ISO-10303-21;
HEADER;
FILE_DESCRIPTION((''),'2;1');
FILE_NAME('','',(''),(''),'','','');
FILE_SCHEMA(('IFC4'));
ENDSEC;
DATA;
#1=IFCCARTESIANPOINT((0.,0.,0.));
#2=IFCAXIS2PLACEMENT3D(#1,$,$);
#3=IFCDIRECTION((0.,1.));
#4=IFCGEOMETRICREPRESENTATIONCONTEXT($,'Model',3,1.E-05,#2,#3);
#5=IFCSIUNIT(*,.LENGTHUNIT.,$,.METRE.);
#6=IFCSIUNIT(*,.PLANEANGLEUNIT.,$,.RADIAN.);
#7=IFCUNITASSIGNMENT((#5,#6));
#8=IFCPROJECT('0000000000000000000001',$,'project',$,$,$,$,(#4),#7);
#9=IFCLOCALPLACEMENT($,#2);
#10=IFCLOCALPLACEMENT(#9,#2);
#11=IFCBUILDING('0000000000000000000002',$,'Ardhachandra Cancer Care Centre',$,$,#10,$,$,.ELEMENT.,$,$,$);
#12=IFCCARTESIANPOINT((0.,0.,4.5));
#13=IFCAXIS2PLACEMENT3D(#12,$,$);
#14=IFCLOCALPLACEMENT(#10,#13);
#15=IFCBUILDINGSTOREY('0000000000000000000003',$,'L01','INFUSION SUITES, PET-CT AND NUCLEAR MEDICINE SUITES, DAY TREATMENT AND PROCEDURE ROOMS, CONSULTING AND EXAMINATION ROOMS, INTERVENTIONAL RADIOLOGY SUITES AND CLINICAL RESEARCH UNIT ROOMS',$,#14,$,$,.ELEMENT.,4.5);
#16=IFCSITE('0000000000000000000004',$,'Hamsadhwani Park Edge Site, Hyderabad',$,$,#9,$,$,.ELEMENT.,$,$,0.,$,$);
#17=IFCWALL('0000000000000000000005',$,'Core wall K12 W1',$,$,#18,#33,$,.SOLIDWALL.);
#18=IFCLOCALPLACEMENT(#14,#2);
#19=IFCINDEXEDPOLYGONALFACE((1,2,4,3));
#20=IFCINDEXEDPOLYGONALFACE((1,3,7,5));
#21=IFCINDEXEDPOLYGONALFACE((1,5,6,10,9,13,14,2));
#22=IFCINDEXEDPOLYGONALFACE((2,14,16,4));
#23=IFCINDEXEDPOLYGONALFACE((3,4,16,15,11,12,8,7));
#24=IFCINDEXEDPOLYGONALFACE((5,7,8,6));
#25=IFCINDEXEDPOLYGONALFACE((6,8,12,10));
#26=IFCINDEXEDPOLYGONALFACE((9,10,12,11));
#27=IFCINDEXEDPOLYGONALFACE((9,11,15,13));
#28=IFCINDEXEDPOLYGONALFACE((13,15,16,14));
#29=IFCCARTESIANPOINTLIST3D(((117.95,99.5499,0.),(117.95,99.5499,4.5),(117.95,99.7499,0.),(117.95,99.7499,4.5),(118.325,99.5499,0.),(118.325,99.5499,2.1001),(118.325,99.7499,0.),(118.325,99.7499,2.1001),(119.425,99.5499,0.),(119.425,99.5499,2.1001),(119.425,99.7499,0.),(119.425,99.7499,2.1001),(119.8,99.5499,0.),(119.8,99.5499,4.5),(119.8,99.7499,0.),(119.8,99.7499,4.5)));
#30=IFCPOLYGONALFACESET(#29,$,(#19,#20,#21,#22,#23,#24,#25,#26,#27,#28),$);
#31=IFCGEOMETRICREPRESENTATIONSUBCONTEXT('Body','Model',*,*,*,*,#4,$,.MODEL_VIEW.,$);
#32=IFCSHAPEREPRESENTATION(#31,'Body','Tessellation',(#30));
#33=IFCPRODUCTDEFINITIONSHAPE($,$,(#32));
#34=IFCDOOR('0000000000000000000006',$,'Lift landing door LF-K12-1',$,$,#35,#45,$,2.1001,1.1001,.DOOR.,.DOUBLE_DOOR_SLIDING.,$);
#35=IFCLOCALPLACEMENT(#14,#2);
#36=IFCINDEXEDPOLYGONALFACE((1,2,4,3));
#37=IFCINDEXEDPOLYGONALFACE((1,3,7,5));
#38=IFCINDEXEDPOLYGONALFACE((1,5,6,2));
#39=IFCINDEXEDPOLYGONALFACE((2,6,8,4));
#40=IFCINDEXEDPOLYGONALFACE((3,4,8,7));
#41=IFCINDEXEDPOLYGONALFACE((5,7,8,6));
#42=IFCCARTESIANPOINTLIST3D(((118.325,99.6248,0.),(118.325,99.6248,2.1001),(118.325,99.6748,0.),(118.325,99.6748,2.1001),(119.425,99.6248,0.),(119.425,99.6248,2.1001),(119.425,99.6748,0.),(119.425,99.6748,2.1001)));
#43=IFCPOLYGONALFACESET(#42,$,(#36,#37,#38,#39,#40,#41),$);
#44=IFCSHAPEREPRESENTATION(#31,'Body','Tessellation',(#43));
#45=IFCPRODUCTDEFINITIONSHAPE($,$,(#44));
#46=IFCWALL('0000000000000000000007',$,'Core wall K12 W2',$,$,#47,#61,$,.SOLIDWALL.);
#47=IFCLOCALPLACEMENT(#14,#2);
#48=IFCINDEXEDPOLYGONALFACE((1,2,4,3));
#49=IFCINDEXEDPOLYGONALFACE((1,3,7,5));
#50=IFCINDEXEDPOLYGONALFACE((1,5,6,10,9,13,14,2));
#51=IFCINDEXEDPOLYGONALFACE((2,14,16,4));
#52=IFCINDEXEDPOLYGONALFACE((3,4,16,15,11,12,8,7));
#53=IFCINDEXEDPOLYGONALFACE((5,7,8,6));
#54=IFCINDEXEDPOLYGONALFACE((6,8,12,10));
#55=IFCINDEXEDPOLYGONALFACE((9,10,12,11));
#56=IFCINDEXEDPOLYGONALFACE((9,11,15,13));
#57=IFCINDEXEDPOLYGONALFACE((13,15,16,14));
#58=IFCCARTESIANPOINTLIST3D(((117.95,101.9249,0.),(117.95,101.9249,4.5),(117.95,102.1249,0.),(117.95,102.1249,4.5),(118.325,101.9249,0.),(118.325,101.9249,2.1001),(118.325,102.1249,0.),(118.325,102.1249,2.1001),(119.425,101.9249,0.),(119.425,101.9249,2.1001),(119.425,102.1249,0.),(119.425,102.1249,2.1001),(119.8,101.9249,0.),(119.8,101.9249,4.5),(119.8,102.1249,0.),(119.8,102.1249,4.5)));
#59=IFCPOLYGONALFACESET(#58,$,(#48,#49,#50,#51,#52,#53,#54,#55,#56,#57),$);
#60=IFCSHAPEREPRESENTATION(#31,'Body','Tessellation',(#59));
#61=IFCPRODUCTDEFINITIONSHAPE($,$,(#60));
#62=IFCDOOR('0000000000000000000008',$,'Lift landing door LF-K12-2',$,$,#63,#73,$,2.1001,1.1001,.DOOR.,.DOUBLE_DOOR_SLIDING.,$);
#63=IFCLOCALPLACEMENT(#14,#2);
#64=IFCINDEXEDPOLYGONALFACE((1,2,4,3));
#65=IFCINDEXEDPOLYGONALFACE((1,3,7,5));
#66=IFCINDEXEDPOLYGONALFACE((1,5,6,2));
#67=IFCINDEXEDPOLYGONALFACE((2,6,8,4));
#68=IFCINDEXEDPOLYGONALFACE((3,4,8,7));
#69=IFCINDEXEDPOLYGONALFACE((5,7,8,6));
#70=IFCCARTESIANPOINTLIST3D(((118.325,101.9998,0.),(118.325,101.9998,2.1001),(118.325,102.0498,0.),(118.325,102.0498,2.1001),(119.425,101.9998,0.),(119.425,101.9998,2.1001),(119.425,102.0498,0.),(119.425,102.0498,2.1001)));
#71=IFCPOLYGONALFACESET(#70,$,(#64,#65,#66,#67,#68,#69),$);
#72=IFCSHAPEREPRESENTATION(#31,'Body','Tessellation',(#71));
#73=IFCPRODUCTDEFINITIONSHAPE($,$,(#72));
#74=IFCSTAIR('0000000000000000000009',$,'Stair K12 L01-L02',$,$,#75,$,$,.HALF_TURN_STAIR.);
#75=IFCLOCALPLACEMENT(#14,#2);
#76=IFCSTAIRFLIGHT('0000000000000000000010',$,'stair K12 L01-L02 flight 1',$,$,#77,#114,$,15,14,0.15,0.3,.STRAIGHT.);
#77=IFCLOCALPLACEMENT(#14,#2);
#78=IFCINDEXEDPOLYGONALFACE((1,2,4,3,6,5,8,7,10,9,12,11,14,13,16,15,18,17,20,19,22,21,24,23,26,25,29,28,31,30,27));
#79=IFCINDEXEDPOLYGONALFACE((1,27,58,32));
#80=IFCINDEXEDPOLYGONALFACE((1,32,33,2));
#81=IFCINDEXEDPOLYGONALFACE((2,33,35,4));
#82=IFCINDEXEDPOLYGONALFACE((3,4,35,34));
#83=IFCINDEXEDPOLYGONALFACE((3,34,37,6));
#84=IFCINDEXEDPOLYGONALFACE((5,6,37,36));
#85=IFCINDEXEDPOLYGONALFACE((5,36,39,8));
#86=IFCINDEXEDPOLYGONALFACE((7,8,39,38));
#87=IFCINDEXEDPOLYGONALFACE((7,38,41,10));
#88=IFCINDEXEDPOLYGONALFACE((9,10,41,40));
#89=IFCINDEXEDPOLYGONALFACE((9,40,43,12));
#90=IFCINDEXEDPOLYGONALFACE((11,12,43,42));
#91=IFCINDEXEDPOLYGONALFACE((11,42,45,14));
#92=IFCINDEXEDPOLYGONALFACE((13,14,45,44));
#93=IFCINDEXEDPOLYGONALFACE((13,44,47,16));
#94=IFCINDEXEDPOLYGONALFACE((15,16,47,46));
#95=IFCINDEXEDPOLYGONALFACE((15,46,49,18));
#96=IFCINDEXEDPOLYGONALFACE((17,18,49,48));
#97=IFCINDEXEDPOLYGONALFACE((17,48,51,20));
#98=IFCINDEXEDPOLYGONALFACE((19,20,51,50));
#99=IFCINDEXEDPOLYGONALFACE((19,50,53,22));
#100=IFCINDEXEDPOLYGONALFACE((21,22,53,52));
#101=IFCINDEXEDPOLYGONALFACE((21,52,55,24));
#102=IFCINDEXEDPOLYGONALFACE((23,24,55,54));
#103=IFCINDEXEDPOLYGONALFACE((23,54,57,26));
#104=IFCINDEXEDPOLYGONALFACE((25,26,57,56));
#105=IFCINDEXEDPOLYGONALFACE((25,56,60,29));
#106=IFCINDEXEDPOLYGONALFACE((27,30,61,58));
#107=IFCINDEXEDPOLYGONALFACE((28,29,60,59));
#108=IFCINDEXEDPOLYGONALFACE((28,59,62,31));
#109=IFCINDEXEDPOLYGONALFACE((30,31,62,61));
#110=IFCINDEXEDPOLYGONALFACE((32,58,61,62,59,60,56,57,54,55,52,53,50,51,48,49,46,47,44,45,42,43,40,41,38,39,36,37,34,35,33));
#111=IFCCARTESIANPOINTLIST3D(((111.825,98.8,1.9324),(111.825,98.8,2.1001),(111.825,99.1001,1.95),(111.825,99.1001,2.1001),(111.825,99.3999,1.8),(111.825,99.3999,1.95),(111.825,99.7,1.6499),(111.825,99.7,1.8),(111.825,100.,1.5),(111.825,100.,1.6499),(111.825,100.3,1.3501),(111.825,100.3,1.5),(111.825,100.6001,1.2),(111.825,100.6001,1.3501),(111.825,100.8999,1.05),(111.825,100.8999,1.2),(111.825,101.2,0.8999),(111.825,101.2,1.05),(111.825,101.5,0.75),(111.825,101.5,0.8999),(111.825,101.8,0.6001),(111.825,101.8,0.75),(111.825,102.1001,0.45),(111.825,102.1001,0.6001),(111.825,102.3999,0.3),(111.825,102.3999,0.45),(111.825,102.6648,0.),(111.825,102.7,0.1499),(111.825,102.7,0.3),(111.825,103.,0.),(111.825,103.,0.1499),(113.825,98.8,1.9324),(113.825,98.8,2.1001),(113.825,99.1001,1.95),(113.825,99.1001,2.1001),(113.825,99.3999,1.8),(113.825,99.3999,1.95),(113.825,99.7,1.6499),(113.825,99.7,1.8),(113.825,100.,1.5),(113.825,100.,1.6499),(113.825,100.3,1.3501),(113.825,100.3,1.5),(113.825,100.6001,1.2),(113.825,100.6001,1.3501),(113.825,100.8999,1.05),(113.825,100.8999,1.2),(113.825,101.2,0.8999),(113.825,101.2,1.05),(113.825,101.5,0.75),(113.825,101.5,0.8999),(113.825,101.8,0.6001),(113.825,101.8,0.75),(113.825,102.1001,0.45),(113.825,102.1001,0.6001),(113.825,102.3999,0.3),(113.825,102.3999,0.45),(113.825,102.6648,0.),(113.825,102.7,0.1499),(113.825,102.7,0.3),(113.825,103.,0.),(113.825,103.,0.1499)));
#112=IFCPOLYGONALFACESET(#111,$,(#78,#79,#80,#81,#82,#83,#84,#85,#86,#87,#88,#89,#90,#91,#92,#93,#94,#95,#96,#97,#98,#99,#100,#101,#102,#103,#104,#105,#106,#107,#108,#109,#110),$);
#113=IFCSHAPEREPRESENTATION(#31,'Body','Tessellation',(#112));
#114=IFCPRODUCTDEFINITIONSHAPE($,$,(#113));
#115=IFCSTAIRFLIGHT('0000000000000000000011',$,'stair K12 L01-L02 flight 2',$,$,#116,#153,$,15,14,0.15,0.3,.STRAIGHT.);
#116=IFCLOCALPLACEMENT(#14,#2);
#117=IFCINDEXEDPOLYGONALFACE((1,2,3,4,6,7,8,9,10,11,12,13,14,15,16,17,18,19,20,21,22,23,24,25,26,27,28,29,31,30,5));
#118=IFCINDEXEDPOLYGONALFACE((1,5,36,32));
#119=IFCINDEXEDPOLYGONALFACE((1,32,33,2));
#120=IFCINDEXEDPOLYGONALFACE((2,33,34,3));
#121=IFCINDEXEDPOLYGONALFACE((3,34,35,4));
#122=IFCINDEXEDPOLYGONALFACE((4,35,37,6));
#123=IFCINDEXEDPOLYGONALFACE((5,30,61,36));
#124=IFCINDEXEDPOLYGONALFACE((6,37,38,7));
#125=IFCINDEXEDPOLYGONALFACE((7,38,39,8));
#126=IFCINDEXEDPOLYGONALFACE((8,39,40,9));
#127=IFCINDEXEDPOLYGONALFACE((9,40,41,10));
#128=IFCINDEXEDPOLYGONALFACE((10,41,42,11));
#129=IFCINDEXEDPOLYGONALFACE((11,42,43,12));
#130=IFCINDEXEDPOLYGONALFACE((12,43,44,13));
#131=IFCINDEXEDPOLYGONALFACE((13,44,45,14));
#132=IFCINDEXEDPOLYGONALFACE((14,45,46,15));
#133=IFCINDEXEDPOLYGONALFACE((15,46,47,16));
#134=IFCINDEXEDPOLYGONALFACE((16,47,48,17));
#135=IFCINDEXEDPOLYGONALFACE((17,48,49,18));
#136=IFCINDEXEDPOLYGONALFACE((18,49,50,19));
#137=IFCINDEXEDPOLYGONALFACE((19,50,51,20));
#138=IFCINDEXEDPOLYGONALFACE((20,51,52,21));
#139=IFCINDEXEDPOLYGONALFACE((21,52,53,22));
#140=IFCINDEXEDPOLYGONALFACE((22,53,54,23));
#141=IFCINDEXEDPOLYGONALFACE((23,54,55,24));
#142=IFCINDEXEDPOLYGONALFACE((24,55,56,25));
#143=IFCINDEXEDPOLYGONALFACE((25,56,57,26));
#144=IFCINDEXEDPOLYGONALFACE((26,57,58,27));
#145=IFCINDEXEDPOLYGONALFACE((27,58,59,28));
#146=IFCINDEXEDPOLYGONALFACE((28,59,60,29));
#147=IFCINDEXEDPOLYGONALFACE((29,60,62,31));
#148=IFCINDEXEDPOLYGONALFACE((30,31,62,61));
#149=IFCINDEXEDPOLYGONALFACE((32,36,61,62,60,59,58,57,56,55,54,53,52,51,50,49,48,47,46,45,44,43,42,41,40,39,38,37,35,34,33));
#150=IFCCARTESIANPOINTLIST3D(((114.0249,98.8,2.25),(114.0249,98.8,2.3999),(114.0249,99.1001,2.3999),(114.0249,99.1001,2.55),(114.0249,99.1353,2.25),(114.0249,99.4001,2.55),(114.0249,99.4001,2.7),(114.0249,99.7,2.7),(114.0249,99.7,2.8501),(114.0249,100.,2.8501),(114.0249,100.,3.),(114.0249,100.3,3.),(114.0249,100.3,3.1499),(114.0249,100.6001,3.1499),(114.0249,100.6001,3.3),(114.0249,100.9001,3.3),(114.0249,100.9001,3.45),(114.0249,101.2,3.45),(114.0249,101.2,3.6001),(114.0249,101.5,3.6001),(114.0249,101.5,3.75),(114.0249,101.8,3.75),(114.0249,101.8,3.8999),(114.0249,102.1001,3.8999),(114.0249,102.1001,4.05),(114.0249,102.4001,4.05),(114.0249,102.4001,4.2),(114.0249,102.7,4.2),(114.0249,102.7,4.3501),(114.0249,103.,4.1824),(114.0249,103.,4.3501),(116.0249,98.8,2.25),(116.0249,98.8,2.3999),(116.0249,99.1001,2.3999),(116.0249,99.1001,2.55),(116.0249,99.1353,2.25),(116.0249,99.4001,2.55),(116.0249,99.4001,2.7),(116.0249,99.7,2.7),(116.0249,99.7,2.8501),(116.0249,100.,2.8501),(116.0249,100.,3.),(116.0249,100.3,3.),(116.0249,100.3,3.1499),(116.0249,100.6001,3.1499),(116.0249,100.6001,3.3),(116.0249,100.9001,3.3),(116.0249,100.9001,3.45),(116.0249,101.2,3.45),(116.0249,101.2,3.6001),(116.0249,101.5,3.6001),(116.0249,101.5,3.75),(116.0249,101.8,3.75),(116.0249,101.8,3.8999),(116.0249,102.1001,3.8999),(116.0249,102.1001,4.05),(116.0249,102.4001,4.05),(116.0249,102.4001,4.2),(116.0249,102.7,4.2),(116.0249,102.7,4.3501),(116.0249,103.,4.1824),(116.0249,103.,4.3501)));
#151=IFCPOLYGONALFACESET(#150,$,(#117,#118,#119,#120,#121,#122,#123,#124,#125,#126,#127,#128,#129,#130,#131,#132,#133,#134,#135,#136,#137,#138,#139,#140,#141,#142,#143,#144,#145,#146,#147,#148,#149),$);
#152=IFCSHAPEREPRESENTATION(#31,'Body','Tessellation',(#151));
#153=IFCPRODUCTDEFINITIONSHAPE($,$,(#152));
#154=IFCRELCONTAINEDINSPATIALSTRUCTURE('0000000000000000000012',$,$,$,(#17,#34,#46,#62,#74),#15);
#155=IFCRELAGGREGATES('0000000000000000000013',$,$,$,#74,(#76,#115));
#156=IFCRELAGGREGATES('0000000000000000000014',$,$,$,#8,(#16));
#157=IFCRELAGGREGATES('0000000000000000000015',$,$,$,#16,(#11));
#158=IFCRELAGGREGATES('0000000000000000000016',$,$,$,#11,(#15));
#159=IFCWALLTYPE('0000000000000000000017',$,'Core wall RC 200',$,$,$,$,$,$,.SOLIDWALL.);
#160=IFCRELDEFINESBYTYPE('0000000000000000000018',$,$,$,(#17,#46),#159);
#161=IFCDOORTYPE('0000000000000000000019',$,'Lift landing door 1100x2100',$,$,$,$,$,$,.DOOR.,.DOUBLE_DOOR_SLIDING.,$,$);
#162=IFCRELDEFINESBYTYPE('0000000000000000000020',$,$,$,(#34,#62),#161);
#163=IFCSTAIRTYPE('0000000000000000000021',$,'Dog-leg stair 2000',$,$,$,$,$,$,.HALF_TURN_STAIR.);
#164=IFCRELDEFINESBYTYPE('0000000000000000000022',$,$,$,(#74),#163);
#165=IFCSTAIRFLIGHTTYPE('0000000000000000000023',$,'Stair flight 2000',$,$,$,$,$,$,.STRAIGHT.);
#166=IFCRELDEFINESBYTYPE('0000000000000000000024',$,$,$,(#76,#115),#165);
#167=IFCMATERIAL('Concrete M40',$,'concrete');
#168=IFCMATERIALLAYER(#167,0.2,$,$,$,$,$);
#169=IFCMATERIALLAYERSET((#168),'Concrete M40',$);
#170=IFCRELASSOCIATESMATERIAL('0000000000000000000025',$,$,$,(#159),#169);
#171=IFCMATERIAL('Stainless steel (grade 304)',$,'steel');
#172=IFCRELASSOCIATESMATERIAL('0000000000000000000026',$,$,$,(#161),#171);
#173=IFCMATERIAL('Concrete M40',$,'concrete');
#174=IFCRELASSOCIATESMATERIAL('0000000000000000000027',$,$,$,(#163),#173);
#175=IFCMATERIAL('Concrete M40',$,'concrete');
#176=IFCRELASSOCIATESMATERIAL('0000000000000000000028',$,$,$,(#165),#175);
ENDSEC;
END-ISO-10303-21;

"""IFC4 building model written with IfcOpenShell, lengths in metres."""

from ifc_helpers import new_model, si_unit, direction, frame, frame_2d, origin, place, context, subcontext, project, spatial, polyline, rectangle, outline, extrude, material, layer, layer_set, type_object, element, fill, aggregate, save


model = new_model("IFC4")

# Units and contexts
model_context = context("Model", 3, precision=1e-05, world=origin(), true_north=direction((0.0, 1.0)))
body_context = subcontext(model_context, "Body", "Model", "MODEL_VIEW")
ifc_project = project(units=[si_unit("LENGTHUNIT", "METRE"), si_unit("PLANEANGLEUNIT", "RADIAN")], contexts=[model_context])

# Site, building, storey
site_placement = place(None, origin())
site = spatial("IfcSite", under=ifc_project, at=site_placement, Name="Hamsadhwani Park Edge Site, Hyderabad", CompositionType="ELEMENT", RefElevation=0.0)
building_placement = place(site_placement, origin())
building = spatial("IfcBuilding", under=site, at=building_placement, Name="Ardhachandra Cancer Care Centre", CompositionType="ELEMENT")
storey_placement = place(building_placement, frame((0.0, 0.0, 4.5)))
storey = spatial("IfcBuildingStorey", under=building, at=storey_placement, Name="L01", Description="INFUSION SUITES, PET-CT AND NUCLEAR MEDICINE SUITES, DAY TREATMENT AND PROCEDURE ROOMS, CONSULTING AND EXAMINATION ROOMS, INTERVENTIONAL RADIOLOGY SUITES AND CLINICAL RESEARCH UNIT ROOMS", CompositionType="ELEMENT", Elevation=4.5)

# Shared definitions
ifc_material_1 = material(Name="Concrete M40", Category="concrete")
ifc_layer_1 = layer(ifc_material_1, 0.2)
ifc_layer_set_1 = layer_set([ifc_layer_1], Name="Concrete M40")
wall_type = type_object("IfcWallType", Name="Core wall RC 200", PredefinedType="SOLIDWALL", material=ifc_layer_set_1)

# Walls, openings, doors
wall_1_placement = place(storey_placement, frame((117.95, 99.6499, 0.0), z_axis=(0.0, 0.0, 1.0), x_axis=(1.0, 0.0, 0.0)))
wall_1 = element("IfcWall", 1, at=wall_1_placement, inside=storey, type_object=wall_type, Name="Core wall K12 W1", PredefinedType="SOLIDWALL", context=body_context, shape_type="SweptSolid", body=[
    extrude(rectangle(XDim=1.8501, YDim=0.2, at=frame_2d((0.925, 0.0))), origin(), (0.0, 0.0, 1.0), 4.5),
])
opening_1_placement = place(wall_1_placement, frame((0.375, 0.0, 0.0)))
opening_1 = element("IfcOpeningElement", 2, at=opening_1_placement, cuts=wall_1, PredefinedType="OPENING", context=body_context, shape_type="SweptSolid", body=[
    extrude(rectangle(XDim=1.1001, YDim=2.1001, at=frame_2d((0.55, 1.05))), frame((0.0, 0.1099, 0.0), z_axis=(0.0, -1.0, 0.0), x_axis=(1.0, 0.0, 0.0)), (0.0, 0.0, 1.0), 0.22),
])
ifc_material_2 = material(Name="Stainless steel (grade 304)", Category="steel")
door_type = type_object("IfcDoorType", Name="Lift landing door 1100x2100", OperationType="DOUBLE_DOOR_SLIDING", PredefinedType="DOOR", material=ifc_material_2)
door_1_placement = place(opening_1_placement, origin())
door_1 = element("IfcDoor", 3, at=door_1_placement, inside=storey, type_object=door_type, Name="Lift landing door LF-K12-1", OperationType="DOUBLE_DOOR_SLIDING", OverallHeight=2.1001, OverallWidth=1.1001, PredefinedType="DOOR", context=body_context, shape_type="SweptSolid", body=[
    extrude(rectangle(XDim=1.1001, YDim=2.1001, at=frame_2d((0.55, 1.05))), frame((0.0, 0.0249, 0.0), z_axis=(0.0, -1.0, 0.0), x_axis=(1.0, 0.0, 0.0)), (0.0, 0.0, 1.0), 0.05),
])
fill(opening_1, door_1)
wall_2_placement = place(storey_placement, frame((117.95, 102.0249, 0.0), z_axis=(0.0, 0.0, 1.0), x_axis=(1.0, 0.0, 0.0)))
wall_2 = element("IfcWall", 4, at=wall_2_placement, inside=storey, type_object=wall_type, Name="Core wall K12 W2", PredefinedType="SOLIDWALL", context=body_context, shape_type="SweptSolid", body=[
    extrude(rectangle(XDim=1.8501, YDim=0.2, at=frame_2d((0.925, 0.0))), origin(), (0.0, 0.0, 1.0), 4.5),
])
opening_2_placement = place(wall_2_placement, frame((0.375, 0.0, 0.0)))
opening_2 = element("IfcOpeningElement", 5, at=opening_2_placement, cuts=wall_2, PredefinedType="OPENING", context=body_context, shape_type="SweptSolid", body=[
    extrude(rectangle(XDim=1.1001, YDim=2.1001, at=frame_2d((0.55, 1.05))), frame((0.0, 0.1099, 0.0), z_axis=(0.0, -1.0, 0.0), x_axis=(1.0, 0.0, 0.0)), (0.0, 0.0, 1.0), 0.22),
])
door_2_placement = place(opening_2_placement, origin())
door_2 = element("IfcDoor", 6, at=door_2_placement, inside=storey, type_object=door_type, Name="Lift landing door LF-K12-2", OperationType="DOUBLE_DOOR_SLIDING", OverallHeight=2.1001, OverallWidth=1.1001, PredefinedType="DOOR", context=body_context, shape_type="SweptSolid", body=[
    extrude(rectangle(XDim=1.1001, YDim=2.1001, at=frame_2d((0.55, 1.05))), frame((0.0, 0.0249, 0.0), z_axis=(0.0, -1.0, 0.0), x_axis=(1.0, 0.0, 0.0)), (0.0, 0.0, 1.0), 0.05),
])
fill(opening_2, door_2)

# Stair, stair flights
ifc_material_3 = material(Name="Concrete M40", Category="concrete")
stair_type = type_object("IfcStairType", Name="Dog-leg stair 2000", PredefinedType="HALF_TURN_STAIR", material=ifc_material_3)
stair_placement = place(storey_placement, origin())
stair = element("IfcStair", 7, at=stair_placement, inside=storey, type_object=stair_type, Name="Stair K12 L01-L02", PredefinedType="HALF_TURN_STAIR")
ifc_material_4 = material(Name="Concrete M40", Category="concrete")
stair_flight_type = type_object("IfcStairFlightType", Name="Stair flight 2000", PredefinedType="STRAIGHT", material=ifc_material_4)
stair_flight_1_placement = place(storey_placement, frame((112.825, 103.0, 0.0), z_axis=(0.0, 0.0, 1.0), x_axis=(0.0, -1.0, 0.0)))
stair_flight_1 = element("IfcStairFlight", 8, at=stair_flight_1_placement, type_object=stair_flight_type, Name="stair K12 L01-L02 flight 1", NumberOfRisers=15, NumberOfTreads=14, PredefinedType="STRAIGHT", RiserHeight=0.15, TreadLength=0.3, context=body_context, shape_type="SweptSolid", body=[
    extrude(outline(polyline([(0.0, 0.0), (0.0, 0.1499), (0.3, 0.1499), (0.3, 0.3), (0.6001, 0.3), (0.6001, 0.45), (0.8999, 0.45), (0.8999, 0.6001), (1.2, 0.6001), (1.2, 0.75), (1.5, 0.75), (1.5, 0.8999), (1.8, 0.8999), (1.8, 1.05), (2.1001, 1.05), (2.1001, 1.2), (2.3999, 1.2), (2.3999, 1.3501), (2.7, 1.3501), (2.7, 1.5), (3.0, 1.5), (3.0, 1.6499), (3.3, 1.6499), (3.3, 1.8), (3.6001, 1.8), (3.6001, 1.95), (3.8999, 1.95), (3.8999, 2.1001), (4.2, 2.1001), (4.2, 2.25), (4.2, 1.9324), (0.3352, 0.0), (0.0, 0.0)])), frame((0.0, 1.0, 0.0), z_axis=(0.0, -1.0, 0.0), x_axis=(1.0, 0.0, 0.0)), (0.0, 0.0, 1.0), 2.0),
])
stair_flight_2_placement = place(storey_placement, frame((115.0249, 98.8, 2.25), z_axis=(0.0, 0.0, 1.0), x_axis=(0.0, 1.0, 0.0)))
stair_flight_2 = element("IfcStairFlight", 9, at=stair_flight_2_placement, type_object=stair_flight_type, Name="stair K12 L01-L02 flight 2", NumberOfRisers=15, NumberOfTreads=14, PredefinedType="STRAIGHT", RiserHeight=0.15, TreadLength=0.3, context=body_context, shape_type="SweptSolid", body=[
    extrude(outline(polyline([(0.0, 0.0), (0.0, 0.1499), (0.3, 0.1499), (0.3, 0.3), (0.6001, 0.3), (0.6001, 0.45), (0.8999, 0.45), (0.8999, 0.6001), (1.2, 0.6001), (1.2, 0.75), (1.5, 0.75), (1.5, 0.8999), (1.8, 0.8999), (1.8, 1.05), (2.1001, 1.05), (2.1001, 1.2), (2.3999, 1.2), (2.3999, 1.3501), (2.7, 1.3501), (2.7, 1.5), (3.0, 1.5), (3.0, 1.6499), (3.3, 1.6499), (3.3, 1.8), (3.6001, 1.8), (3.6001, 1.95), (3.8999, 1.95), (3.8999, 2.1001), (4.2, 2.1001), (4.2, 2.25), (4.2, 1.9324), (0.3352, 0.0), (0.0, 0.0)])), frame((0.0, 1.0, 0.0), z_axis=(0.0, -1.0, 0.0), x_axis=(1.0, 0.0, 0.0)), (0.0, 0.0, 1.0), 2.0),
])
aggregate(stair, [stair_flight_1, stair_flight_2])

save(model, "model.ifc")
